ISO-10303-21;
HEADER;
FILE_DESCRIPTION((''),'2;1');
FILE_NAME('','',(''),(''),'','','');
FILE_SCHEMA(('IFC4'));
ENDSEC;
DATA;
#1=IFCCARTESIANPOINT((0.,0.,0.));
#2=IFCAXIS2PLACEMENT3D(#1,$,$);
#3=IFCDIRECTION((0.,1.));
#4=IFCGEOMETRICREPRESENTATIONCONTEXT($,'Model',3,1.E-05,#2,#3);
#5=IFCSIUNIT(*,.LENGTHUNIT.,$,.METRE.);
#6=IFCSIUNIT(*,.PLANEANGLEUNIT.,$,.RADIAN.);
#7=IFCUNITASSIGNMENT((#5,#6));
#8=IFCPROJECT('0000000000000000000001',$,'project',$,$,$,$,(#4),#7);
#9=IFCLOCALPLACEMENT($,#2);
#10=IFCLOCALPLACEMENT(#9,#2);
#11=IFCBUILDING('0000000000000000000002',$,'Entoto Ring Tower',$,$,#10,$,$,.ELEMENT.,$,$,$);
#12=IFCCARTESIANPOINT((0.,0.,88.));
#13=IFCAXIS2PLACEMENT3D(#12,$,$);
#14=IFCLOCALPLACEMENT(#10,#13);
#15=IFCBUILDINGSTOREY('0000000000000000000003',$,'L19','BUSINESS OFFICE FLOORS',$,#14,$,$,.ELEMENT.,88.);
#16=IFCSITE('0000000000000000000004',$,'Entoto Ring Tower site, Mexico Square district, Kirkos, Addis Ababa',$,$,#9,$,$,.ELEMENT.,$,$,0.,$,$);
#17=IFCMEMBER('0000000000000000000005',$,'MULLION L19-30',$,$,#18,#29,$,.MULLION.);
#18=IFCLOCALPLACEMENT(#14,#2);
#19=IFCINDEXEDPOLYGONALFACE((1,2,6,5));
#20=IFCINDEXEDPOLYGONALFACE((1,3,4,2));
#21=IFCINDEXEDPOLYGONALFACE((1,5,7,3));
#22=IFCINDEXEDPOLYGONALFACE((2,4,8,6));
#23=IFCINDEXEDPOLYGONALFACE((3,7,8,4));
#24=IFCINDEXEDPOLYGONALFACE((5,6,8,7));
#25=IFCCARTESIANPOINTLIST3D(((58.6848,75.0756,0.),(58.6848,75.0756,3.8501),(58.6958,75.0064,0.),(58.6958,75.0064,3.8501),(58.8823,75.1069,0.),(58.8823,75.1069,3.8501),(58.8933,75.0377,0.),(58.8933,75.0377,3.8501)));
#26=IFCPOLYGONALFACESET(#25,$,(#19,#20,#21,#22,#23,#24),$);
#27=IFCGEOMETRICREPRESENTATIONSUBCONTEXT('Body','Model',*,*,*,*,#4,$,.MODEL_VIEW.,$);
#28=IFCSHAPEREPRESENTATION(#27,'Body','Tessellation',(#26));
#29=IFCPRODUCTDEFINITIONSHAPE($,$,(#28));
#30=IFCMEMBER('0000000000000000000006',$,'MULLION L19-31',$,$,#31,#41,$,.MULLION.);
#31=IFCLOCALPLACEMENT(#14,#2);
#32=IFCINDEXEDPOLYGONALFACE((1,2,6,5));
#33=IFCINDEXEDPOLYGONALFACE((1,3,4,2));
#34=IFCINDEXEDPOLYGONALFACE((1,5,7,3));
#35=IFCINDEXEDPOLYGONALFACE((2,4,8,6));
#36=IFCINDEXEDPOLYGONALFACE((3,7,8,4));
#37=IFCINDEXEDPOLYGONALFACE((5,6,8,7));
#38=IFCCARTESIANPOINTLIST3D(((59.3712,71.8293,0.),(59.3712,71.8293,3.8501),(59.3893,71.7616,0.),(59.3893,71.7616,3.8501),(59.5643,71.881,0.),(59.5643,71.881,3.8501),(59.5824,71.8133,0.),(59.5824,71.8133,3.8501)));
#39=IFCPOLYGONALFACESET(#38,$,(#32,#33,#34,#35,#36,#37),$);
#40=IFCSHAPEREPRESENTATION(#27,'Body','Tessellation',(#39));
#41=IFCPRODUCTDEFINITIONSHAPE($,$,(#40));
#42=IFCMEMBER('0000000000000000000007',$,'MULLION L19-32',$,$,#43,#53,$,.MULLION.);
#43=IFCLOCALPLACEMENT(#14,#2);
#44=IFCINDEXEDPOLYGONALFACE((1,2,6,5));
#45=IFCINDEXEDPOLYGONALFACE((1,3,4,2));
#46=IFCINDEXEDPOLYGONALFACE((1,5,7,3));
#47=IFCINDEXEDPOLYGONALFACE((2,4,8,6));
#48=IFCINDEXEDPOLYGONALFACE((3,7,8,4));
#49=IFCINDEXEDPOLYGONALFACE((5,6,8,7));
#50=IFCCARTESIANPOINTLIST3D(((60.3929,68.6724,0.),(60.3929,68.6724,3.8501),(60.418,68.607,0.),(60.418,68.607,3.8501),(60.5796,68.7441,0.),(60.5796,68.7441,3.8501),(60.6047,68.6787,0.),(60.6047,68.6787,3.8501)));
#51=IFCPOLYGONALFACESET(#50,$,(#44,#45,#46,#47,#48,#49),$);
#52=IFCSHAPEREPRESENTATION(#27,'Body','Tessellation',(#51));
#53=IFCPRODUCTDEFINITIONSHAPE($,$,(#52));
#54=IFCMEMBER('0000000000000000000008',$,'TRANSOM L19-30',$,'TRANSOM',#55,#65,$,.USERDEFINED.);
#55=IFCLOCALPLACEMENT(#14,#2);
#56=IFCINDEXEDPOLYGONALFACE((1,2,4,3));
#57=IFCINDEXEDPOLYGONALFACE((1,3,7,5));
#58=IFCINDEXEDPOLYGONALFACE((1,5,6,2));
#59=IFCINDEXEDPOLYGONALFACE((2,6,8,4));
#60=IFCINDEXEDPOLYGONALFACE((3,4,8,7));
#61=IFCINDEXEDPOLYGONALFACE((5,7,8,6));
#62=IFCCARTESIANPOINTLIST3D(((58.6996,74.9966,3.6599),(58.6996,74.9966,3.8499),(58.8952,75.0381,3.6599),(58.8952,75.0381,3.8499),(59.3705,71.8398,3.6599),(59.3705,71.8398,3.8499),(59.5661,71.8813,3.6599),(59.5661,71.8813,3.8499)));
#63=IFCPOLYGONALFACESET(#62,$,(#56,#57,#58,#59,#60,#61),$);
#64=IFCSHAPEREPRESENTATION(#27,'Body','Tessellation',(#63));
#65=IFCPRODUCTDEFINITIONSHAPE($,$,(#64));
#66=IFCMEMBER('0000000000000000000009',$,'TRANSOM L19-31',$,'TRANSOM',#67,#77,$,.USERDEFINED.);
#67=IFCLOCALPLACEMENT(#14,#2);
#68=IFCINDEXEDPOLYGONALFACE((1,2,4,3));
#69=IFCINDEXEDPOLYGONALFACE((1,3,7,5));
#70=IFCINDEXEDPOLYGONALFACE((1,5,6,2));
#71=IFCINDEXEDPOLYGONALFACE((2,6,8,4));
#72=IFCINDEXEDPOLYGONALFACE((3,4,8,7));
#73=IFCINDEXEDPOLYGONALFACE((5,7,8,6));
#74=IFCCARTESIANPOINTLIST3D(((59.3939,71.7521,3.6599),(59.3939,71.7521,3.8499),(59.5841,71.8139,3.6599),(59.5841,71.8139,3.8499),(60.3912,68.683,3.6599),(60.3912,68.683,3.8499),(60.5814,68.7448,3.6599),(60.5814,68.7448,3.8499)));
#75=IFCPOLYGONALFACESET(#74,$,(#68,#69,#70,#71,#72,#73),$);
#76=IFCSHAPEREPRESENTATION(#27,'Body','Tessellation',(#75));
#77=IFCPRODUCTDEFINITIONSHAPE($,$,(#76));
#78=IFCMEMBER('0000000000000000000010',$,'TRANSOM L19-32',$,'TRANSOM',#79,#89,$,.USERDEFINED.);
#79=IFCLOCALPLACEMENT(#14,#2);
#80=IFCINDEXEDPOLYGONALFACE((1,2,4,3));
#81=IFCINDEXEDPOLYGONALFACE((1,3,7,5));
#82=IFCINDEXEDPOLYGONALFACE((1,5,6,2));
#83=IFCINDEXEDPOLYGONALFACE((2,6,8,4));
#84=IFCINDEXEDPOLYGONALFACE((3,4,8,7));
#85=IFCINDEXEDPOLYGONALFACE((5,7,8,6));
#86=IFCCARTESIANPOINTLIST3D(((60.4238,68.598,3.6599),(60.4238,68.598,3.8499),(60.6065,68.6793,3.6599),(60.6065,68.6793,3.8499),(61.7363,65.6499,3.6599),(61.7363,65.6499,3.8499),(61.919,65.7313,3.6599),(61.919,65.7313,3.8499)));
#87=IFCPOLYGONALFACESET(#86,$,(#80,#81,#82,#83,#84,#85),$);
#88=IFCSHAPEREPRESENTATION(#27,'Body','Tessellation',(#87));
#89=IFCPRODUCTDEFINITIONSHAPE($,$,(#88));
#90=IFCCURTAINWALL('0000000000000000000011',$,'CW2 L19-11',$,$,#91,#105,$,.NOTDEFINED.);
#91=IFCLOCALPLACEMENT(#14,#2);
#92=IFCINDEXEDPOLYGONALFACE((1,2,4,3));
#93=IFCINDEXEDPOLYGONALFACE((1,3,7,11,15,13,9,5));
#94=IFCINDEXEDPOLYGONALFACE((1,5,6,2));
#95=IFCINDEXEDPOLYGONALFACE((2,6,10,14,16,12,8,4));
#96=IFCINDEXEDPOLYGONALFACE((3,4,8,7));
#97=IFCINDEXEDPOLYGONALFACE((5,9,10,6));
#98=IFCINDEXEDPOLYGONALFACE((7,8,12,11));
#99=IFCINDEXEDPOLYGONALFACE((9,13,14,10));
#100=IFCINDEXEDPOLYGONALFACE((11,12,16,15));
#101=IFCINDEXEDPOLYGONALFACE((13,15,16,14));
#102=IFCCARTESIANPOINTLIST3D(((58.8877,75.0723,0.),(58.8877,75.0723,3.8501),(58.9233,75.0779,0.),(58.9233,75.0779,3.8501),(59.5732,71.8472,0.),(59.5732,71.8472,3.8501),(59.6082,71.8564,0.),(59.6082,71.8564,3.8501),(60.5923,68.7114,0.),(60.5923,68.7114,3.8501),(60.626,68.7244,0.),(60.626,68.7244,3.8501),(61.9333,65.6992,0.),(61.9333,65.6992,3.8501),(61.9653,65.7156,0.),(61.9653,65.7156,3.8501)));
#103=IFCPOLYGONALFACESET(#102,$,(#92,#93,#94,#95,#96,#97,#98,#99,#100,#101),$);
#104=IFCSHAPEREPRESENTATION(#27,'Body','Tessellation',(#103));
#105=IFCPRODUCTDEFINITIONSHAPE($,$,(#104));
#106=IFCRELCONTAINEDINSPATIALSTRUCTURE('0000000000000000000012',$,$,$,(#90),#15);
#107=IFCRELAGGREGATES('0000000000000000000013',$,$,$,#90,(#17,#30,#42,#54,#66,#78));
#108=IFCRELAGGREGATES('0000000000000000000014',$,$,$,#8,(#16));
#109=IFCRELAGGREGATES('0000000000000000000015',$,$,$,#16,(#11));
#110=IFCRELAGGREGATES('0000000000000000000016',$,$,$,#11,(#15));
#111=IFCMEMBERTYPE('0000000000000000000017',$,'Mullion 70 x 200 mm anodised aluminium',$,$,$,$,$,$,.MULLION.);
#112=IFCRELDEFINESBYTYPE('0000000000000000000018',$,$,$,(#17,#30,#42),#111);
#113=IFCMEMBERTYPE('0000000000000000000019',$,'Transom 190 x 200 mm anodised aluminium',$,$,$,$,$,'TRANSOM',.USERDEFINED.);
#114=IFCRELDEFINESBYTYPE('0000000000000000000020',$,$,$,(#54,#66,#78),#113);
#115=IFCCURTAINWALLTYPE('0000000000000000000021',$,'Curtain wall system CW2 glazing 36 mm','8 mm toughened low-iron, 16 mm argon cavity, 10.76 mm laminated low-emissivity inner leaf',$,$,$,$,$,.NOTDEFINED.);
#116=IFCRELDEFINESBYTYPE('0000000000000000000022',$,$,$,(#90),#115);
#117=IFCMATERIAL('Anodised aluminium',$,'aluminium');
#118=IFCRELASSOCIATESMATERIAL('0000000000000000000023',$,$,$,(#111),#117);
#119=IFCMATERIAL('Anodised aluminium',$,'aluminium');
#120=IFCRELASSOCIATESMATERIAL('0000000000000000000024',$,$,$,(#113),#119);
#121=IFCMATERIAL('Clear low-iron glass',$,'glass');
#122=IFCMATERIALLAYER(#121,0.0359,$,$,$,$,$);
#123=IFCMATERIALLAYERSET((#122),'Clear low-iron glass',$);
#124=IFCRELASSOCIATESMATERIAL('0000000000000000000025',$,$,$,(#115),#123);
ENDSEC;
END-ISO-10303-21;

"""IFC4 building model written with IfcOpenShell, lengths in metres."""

from ifc_helpers import new_model, si_unit, direction, frame, origin, origin_2d, place, context, subcontext, project, spatial, polyline, rectangle, outline, extrude, material, layer, layer_set, material_profile, profile_set, type_object, element, aggregate, save


model = new_model("IFC4")

# Units and contexts
model_context = context("Model", 3, precision=1e-05, world=origin(), true_north=direction((0.0, 1.0)))
body_context = subcontext(model_context, "Body", "Model", "MODEL_VIEW")
ifc_project = project(units=[si_unit("LENGTHUNIT", "METRE"), si_unit("PLANEANGLEUNIT", "RADIAN")], contexts=[model_context])

# Members
ifc_material_1 = material(Name="Anodised aluminium", Category="aluminium")
ifc_material_profile_1 = material_profile(ifc_material_1, rectangle(XDim=0.0701, YDim=0.2, at=origin_2d()), Name="Mullion 70 x 200 mm anodised aluminium")
ifc_profile_set_1 = profile_set([ifc_material_profile_1], Name="Anodised aluminium")
member_type_1 = type_object("IfcMemberType", Name="Mullion 70 x 200 mm anodised aluminium", PredefinedType="MULLION", material=ifc_profile_set_1)
site_placement = place(None, origin())
building_placement = place(site_placement, origin())
storey_placement = place(building_placement, frame((0.0, 0.0, 88.0)))
member_1_placement = place(storey_placement, frame((58.7891, 75.0566, 0.0), z_axis=(0.0, 0.0, 1.0), x_axis=(0.156434, -0.987688, 0.0)))
member_1 = element("IfcMember", 1, at=member_1_placement, type_object=member_type_1, Name="MULLION L19-30", PredefinedType="MULLION", context=body_context, shape_type="SweptSolid", body=[
    extrude(rectangle(XDim=0.0701, YDim=0.2, at=origin_2d()), origin(), (0.0, 0.0, 1.0), 3.8501),
])
member_2_placement = place(storey_placement, frame((59.4768, 71.8213, 0.0), z_axis=(0.0, 0.0, 1.0), x_axis=(0.258819, -0.965926, 0.0)))
member_2 = element("IfcMember", 2, at=member_2_placement, type_object=member_type_1, Name="MULLION L19-31", PredefinedType="MULLION", context=body_context, shape_type="SweptSolid", body=[
    extrude(rectangle(XDim=0.0701, YDim=0.2, at=origin_2d()), origin(), (0.0, 0.0, 1.0), 3.8501),
])
member_3_placement = place(storey_placement, frame((60.4988, 68.6755, 0.0), z_axis=(0.0, 0.0, 1.0), x_axis=(0.358368, -0.93358, 0.0)))
member_3 = element("IfcMember", 3, at=member_3_placement, type_object=member_type_1, Name="MULLION L19-32", PredefinedType="MULLION", context=body_context, shape_type="SweptSolid", body=[
    extrude(rectangle(XDim=0.0701, YDim=0.2, at=origin_2d()), origin(), (0.0, 0.0, 1.0), 3.8501),
])
ifc_material_2 = material(Name="Anodised aluminium", Category="aluminium")
ifc_material_profile_2 = material_profile(ifc_material_2, rectangle(XDim=0.2, YDim=0.1899, at=origin_2d()), Name="Transom 190 x 200 mm anodised aluminium")
ifc_profile_set_2 = profile_set([ifc_material_profile_2], Name="Anodised aluminium")
member_type_2 = type_object("IfcMemberType", Name="Transom 190 x 200 mm anodised aluminium", ElementType="TRANSOM", PredefinedType="USERDEFINED", material=ifc_profile_set_2)
member_4_placement = place(storey_placement, frame((58.7974, 75.0173, 3.7549), z_axis=(0.207886, -0.978153, 0.0), x_axis=(0.978153, 0.207886, 0.0)))
member_4 = element("IfcMember", 4, at=member_4_placement, type_object=member_type_2, Name="TRANSOM L19-30", ObjectType="TRANSOM", PredefinedType="USERDEFINED", context=body_context, shape_type="SweptSolid", body=[
    extrude(rectangle(XDim=0.2, YDim=0.1899, at=origin_2d()), origin(), (0.0, 0.0, 1.0), 3.2273),
])
member_5_placement = place(storey_placement, frame((59.489, 71.783, 3.7549), z_axis=(0.309047, -0.951047, 0.0), x_axis=(0.951047, 0.309047, 0.0)))
member_5 = element("IfcMember", 5, at=member_5_placement, type_object=member_type_2, Name="TRANSOM L19-31", ObjectType="TRANSOM", PredefinedType="USERDEFINED", context=body_context, shape_type="SweptSolid", body=[
    extrude(rectangle(XDim=0.2, YDim=0.1899, at=origin_2d()), origin(), (0.0, 0.0, 1.0), 3.2271),
])
member_6_placement = place(storey_placement, frame((60.5151, 68.6387, 3.7549), z_axis=(0.406728, -0.913549, 0.0), x_axis=(0.913549, 0.406728, 0.0)))
member_6 = element("IfcMember", 6, at=member_6_placement, type_object=member_type_2, Name="TRANSOM L19-32", ObjectType="TRANSOM", PredefinedType="USERDEFINED", context=body_context, shape_type="SweptSolid", body=[
    extrude(rectangle(XDim=0.2, YDim=0.1899, at=origin_2d()), origin(), (0.0, 0.0, 1.0), 3.2271),
])

# Site, building, storey
site = spatial("IfcSite", under=ifc_project, at=site_placement, Name="Entoto Ring Tower site, Mexico Square district, Kirkos, Addis Ababa", CompositionType="ELEMENT", RefElevation=0.0)
building = spatial("IfcBuilding", under=site, at=building_placement, Name="Entoto Ring Tower", CompositionType="ELEMENT")
storey = spatial("IfcBuildingStorey", under=building, at=storey_placement, Name="L19", Description="BUSINESS OFFICE FLOORS", CompositionType="ELEMENT", Elevation=88.0)

# Curtain wall
ifc_material_3 = material(Name="Clear low-iron glass", Category="glass")
ifc_layer = layer(ifc_material_3, 0.0359)
ifc_layer_set = layer_set([ifc_layer], Name="Clear low-iron glass")
curtain_wall_type = type_object("IfcCurtainWallType", Name="Curtain wall system CW2 glazing 36 mm", Description="8 mm toughened low-iron, 16 mm argon cavity, 10.76 mm laminated low-emissivity inner leaf", PredefinedType="NOTDEFINED", material=ifc_layer_set)
curtain_wall_1_placement = place(storey_placement, origin())
curtain_wall_1 = element("IfcCurtainWall", 7, at=curtain_wall_1_placement, inside=storey, type_object=curtain_wall_type, Name="CW2 L19-11", PredefinedType="NOTDEFINED", context=body_context, shape_type="SweptSolid", body=[
    extrude(outline(polyline([(58.8877, 75.0723), (59.5732, 71.8472), (60.5923, 68.7114), (61.9333, 65.6992), (61.9653, 65.7156), (60.626, 68.7244), (59.6082, 71.8564), (58.9233, 75.0779), (58.8877, 75.0723)])), origin(), (0.0, 0.0, 1.0), 3.8501),
])
aggregate(curtain_wall_1, [member_1, member_2, member_3, member_4, member_5, member_6])

save(model, "model.ifc")
